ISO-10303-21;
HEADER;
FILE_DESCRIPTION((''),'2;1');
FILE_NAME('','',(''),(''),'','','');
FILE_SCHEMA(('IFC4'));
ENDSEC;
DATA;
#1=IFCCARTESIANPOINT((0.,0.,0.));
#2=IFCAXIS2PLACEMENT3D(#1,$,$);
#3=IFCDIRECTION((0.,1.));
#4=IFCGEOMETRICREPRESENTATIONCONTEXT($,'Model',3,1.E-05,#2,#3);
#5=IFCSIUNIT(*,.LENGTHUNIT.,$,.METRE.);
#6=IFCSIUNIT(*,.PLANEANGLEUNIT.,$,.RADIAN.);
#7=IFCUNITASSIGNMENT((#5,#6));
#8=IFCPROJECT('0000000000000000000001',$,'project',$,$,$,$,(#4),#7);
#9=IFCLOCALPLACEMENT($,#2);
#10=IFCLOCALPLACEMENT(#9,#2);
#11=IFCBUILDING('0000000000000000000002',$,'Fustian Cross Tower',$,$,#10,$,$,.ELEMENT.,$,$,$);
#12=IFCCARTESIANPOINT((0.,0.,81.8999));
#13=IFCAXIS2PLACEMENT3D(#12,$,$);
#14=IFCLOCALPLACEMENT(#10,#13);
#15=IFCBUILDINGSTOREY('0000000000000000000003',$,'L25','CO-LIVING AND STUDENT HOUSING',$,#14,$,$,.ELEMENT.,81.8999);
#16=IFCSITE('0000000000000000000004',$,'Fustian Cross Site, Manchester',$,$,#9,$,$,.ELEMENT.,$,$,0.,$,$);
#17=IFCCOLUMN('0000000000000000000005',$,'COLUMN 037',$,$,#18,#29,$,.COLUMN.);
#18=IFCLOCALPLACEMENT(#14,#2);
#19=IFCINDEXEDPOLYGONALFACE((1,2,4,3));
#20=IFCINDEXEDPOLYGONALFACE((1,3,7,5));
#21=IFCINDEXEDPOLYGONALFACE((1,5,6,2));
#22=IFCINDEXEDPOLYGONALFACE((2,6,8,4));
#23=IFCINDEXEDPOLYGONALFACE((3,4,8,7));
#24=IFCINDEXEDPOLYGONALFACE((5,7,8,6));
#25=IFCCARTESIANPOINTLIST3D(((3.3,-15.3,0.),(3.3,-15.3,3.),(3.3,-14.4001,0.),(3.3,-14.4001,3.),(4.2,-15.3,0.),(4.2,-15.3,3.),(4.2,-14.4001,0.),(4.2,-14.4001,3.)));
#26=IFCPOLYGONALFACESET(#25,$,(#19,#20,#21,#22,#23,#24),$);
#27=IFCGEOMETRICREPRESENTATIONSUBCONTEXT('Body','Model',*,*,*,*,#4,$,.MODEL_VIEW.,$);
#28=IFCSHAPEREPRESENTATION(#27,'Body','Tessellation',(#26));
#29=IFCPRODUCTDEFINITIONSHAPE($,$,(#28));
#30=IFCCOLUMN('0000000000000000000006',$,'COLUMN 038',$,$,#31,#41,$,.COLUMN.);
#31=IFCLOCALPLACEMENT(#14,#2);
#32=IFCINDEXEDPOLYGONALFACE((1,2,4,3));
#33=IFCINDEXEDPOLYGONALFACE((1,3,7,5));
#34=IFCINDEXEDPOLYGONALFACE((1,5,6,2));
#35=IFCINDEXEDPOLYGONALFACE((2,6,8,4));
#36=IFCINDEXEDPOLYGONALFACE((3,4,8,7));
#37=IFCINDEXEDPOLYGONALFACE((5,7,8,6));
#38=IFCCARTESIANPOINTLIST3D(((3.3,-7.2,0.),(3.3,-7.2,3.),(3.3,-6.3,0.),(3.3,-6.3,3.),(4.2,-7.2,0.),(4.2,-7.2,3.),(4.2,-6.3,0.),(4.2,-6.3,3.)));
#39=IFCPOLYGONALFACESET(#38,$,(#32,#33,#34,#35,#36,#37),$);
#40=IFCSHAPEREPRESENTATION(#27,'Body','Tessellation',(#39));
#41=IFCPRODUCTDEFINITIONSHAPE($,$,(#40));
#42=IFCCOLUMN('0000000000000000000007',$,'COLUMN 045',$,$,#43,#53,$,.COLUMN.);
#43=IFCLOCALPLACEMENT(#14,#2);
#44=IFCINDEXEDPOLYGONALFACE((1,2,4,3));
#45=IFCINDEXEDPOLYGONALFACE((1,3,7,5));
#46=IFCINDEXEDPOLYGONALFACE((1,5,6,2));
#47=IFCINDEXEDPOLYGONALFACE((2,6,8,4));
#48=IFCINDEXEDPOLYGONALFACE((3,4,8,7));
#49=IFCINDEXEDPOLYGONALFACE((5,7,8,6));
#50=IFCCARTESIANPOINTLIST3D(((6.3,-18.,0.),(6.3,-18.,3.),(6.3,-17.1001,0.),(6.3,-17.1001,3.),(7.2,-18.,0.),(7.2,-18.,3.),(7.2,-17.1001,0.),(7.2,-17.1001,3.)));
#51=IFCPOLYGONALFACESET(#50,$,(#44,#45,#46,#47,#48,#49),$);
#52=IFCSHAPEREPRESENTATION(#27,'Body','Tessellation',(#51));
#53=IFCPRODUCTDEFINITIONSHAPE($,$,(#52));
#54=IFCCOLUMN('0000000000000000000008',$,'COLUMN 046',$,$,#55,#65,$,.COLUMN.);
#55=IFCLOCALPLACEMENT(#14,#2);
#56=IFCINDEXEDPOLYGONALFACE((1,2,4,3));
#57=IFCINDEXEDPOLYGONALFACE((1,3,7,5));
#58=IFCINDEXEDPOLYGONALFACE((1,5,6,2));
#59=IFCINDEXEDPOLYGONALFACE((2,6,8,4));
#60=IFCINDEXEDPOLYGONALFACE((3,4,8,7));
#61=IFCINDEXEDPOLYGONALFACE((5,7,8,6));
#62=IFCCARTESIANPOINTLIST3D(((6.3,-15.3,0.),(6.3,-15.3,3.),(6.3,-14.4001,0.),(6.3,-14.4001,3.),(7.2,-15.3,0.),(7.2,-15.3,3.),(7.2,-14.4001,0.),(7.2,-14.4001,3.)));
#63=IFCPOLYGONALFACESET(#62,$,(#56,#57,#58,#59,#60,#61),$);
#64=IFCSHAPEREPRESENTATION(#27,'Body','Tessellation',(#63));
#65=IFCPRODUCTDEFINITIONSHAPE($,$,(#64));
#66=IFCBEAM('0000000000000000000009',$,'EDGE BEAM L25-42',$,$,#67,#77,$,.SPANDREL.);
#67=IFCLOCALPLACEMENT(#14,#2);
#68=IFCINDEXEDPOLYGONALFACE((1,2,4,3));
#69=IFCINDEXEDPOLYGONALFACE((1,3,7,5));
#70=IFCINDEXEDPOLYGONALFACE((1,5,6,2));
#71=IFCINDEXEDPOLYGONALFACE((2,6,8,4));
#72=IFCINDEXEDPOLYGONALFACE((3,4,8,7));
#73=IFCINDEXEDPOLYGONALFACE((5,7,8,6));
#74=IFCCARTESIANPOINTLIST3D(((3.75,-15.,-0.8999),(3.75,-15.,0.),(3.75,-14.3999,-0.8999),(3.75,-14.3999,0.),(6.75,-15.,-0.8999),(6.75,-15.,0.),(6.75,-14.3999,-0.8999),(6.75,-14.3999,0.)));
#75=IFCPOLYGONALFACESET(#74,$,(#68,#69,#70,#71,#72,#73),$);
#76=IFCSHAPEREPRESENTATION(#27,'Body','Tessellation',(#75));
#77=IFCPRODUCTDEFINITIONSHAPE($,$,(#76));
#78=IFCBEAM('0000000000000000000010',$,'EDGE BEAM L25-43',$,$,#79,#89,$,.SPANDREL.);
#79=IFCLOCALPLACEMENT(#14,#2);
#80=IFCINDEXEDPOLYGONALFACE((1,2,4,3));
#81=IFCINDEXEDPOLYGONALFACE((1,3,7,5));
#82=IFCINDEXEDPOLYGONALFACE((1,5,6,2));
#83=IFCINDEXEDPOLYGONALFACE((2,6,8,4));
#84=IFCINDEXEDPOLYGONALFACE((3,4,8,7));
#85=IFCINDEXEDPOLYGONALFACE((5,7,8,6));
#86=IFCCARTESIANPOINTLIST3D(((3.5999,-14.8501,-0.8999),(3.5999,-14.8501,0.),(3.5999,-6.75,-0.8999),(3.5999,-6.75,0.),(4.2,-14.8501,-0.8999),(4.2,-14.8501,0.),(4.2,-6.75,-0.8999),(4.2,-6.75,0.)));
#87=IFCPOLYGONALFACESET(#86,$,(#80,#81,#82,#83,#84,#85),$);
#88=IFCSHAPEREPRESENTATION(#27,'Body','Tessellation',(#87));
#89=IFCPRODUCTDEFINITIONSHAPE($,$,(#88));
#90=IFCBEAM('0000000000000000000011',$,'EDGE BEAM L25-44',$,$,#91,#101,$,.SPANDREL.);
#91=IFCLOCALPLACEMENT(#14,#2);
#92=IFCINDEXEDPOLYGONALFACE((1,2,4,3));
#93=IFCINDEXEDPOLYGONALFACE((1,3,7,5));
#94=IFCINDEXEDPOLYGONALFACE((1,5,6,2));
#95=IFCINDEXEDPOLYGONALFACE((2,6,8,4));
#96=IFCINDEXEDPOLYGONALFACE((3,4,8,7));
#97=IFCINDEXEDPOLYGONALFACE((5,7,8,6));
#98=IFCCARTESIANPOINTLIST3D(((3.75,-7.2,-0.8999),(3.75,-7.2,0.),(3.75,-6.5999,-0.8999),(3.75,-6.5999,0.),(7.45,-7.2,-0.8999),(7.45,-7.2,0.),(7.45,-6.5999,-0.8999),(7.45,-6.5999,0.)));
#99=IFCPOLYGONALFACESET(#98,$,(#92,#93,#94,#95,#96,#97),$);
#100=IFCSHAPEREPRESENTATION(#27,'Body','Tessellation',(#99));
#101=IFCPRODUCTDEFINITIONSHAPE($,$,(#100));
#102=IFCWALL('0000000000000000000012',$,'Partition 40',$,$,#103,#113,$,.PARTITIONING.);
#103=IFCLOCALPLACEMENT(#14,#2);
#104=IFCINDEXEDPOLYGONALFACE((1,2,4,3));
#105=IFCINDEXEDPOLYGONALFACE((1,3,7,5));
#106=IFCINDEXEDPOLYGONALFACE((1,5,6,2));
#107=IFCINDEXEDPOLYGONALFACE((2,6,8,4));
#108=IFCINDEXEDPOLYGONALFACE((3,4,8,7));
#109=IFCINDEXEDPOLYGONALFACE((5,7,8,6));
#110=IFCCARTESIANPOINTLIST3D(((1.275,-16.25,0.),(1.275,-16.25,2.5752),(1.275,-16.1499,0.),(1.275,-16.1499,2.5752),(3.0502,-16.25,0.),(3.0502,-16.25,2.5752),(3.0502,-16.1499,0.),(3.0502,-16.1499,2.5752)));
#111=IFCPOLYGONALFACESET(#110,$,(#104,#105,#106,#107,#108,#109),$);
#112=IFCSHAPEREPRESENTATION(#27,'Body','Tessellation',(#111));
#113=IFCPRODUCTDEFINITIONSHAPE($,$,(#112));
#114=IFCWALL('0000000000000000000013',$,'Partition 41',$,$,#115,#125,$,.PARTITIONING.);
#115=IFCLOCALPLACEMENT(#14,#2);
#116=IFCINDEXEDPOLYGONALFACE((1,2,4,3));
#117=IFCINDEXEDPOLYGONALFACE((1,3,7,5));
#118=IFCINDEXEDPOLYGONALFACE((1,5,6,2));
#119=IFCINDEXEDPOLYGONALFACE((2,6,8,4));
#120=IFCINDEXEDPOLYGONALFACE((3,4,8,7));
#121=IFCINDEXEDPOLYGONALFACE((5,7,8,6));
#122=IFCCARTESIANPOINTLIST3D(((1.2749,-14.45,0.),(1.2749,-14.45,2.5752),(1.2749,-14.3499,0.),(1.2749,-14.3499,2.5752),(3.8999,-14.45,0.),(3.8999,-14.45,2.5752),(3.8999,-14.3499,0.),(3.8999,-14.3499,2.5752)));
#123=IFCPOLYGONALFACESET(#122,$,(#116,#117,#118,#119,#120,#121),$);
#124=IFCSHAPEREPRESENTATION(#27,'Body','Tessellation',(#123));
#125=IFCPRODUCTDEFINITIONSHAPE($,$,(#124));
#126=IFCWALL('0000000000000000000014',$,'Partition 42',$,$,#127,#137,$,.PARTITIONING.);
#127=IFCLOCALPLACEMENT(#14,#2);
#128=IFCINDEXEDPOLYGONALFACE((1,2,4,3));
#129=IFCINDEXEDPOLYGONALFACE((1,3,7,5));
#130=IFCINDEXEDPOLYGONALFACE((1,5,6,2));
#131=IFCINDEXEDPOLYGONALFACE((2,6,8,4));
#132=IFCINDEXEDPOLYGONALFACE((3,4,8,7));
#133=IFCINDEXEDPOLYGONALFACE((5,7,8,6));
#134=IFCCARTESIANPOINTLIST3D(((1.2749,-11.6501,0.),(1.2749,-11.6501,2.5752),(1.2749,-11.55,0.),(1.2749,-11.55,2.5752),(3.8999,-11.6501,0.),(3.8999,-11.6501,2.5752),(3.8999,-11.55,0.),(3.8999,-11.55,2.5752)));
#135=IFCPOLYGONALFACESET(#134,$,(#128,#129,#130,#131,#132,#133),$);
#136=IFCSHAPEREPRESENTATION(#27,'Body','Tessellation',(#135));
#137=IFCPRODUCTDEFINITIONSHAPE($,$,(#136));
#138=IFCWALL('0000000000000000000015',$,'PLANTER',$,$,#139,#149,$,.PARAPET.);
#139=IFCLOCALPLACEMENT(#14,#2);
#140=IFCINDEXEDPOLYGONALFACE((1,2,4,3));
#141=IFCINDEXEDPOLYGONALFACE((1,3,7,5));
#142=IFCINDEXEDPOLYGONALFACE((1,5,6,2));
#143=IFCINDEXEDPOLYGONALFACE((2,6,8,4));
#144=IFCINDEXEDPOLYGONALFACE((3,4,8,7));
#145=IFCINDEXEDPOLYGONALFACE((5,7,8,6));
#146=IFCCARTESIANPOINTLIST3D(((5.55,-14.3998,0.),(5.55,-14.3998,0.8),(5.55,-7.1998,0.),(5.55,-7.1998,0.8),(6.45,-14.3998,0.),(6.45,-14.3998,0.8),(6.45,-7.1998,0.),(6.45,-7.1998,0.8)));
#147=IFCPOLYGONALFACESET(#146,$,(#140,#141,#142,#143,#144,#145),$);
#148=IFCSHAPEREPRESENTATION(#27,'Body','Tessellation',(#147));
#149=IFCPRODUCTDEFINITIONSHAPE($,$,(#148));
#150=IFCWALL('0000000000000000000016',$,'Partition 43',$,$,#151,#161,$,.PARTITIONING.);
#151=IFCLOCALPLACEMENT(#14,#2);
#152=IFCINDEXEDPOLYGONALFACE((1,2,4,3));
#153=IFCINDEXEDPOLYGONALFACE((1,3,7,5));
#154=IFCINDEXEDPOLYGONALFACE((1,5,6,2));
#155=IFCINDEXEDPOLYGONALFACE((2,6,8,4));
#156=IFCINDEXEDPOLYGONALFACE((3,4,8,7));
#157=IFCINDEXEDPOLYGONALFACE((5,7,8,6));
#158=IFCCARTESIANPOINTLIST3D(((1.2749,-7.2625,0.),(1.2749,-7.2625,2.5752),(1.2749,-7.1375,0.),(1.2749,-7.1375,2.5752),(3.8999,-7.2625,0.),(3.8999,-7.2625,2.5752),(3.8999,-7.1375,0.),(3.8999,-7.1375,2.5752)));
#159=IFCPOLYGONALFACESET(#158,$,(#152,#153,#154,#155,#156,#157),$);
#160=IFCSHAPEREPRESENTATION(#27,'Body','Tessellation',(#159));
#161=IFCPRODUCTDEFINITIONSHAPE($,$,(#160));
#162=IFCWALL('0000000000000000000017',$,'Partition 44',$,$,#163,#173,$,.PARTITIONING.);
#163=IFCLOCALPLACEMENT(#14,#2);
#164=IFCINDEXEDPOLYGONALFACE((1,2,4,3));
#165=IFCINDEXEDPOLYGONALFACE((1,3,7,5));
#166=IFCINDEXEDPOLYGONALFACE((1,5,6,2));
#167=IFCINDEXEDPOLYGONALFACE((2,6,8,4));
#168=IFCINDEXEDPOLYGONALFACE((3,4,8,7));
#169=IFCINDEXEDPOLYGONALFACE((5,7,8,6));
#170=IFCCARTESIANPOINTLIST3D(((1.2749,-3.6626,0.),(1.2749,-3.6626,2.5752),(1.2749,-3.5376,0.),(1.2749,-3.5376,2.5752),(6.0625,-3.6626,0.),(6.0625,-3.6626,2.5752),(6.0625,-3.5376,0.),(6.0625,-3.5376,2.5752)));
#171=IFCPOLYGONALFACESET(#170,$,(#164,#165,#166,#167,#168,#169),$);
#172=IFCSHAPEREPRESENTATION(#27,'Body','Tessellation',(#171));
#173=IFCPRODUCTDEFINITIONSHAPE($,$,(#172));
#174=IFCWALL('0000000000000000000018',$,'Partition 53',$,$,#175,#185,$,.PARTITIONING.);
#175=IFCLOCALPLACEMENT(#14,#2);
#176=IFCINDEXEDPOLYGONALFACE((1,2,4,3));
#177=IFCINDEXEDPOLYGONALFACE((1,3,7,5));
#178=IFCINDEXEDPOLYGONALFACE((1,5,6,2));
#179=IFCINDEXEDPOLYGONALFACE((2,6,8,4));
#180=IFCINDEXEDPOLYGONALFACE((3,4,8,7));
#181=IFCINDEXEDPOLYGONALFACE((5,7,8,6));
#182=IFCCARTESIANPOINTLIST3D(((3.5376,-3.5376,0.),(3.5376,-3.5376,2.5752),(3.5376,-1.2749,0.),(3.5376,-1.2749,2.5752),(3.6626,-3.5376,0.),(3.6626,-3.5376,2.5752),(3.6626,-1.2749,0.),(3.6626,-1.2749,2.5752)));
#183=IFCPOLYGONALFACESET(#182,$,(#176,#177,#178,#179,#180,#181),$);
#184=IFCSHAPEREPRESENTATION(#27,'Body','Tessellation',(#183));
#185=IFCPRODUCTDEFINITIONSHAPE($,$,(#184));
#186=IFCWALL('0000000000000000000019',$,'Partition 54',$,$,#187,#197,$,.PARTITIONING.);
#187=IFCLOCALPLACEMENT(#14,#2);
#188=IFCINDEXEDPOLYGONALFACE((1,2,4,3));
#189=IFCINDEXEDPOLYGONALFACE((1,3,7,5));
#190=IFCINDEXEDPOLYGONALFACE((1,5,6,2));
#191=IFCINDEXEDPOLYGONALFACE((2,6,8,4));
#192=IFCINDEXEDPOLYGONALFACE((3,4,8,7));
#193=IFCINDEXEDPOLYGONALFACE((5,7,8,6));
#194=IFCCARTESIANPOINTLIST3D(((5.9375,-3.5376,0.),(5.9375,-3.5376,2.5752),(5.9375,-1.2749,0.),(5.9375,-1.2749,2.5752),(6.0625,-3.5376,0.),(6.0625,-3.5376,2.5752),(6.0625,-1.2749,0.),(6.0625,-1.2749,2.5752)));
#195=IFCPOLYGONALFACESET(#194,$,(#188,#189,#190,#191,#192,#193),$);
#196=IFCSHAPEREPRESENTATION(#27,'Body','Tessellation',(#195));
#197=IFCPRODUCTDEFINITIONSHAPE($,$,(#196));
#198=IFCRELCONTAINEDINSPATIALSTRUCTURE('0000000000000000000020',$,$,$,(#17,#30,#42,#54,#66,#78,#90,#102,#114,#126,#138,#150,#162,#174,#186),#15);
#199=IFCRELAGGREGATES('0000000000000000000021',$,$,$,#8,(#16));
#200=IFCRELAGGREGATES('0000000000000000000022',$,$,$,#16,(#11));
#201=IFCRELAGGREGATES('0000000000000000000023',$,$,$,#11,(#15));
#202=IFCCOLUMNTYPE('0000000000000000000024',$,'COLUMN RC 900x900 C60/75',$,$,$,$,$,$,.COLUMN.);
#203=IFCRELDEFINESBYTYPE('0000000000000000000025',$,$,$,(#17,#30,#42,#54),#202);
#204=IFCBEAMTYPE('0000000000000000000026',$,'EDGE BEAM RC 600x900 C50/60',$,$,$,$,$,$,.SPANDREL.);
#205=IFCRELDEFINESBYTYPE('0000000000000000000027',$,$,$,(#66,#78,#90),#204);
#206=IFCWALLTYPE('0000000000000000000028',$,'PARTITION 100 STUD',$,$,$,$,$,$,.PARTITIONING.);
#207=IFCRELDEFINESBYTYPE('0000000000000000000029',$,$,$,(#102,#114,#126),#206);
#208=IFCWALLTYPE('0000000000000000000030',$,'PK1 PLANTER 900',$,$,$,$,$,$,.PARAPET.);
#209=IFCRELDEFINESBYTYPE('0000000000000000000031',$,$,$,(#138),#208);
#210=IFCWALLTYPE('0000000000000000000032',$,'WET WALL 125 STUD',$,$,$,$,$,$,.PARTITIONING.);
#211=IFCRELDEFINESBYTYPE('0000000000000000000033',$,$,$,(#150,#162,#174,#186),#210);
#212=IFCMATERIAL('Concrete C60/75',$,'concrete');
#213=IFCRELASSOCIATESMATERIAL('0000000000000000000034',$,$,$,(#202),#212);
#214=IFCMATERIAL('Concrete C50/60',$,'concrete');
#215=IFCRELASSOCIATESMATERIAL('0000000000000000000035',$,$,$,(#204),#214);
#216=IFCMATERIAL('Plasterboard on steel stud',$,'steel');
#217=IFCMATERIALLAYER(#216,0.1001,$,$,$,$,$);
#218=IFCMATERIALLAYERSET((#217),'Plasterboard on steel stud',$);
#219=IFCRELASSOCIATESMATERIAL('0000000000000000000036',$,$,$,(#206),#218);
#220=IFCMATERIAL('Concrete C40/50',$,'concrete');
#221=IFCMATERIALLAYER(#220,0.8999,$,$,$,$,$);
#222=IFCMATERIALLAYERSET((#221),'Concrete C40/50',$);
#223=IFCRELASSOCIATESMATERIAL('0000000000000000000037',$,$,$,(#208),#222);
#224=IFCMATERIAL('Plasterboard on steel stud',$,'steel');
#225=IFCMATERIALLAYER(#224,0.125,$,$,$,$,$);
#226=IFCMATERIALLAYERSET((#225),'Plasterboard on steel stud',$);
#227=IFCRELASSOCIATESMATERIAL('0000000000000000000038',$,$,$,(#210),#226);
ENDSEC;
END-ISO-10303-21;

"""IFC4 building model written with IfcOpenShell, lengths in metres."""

from ifc_helpers import new_model, si_unit, direction, frame, frame_2d, origin, origin_2d, place, context, subcontext, project, spatial, rectangle, extrude, material, layer, layer_set, material_profile, profile_set, type_object, element, save


model = new_model("IFC4")

# Units and contexts
model_context = context("Model", 3, precision=1e-05, world=origin(), true_north=direction((0.0, 1.0)))
body_context = subcontext(model_context, "Body", "Model", "MODEL_VIEW")
ifc_project = project(units=[si_unit("LENGTHUNIT", "METRE"), si_unit("PLANEANGLEUNIT", "RADIAN")], contexts=[model_context])

# Site, building, storey
site_placement = place(None, origin())
site = spatial("IfcSite", under=ifc_project, at=site_placement, Name="Fustian Cross Site, Manchester", CompositionType="ELEMENT", RefElevation=0.0)
building_placement = place(site_placement, origin())
building = spatial("IfcBuilding", under=site, at=building_placement, Name="Fustian Cross Tower", CompositionType="ELEMENT")
storey_placement = place(building_placement, frame((0.0, 0.0, 81.8999)))
storey = spatial("IfcBuildingStorey", under=building, at=storey_placement, Name="L25", Description="CO-LIVING AND STUDENT HOUSING", CompositionType="ELEMENT", Elevation=81.8999)

# Columns
ifc_material_1 = material(Name="Concrete C60/75", Category="concrete")
ifc_material_profile_1 = material_profile(ifc_material_1, rectangle(XDim=0.8999, YDim=0.8999, at=origin_2d()), Name="RC 900x900")
ifc_profile_set_1 = profile_set([ifc_material_profile_1], Name="Concrete C60/75")
column_type = type_object("IfcColumnType", Name="COLUMN RC 900x900 C60/75", PredefinedType="COLUMN", material=ifc_profile_set_1)
for number, where, z_axis, x_axis, name in (
    (1, (3.75, -14.8501, 0.0), (0.0, 0.0, 1.0), (1.0, 0.0, 0.0), "COLUMN 037"),
    (2, (3.75, -6.75, 0.0), (0.0, 0.0, 1.0), (1.0, 0.0, 0.0), "COLUMN 038"),
    (3, (6.75, -17.55, 0.0), (0.0, 0.0, 1.0), (1.0, 0.0, 0.0), "COLUMN 045"),
    (4, (6.75, -14.8501, 0.0), (0.0, 0.0, 1.0), (1.0, 0.0, 0.0), "COLUMN 046"),
):
    element("IfcColumn", number, at=place(storey_placement, frame(where, z_axis=z_axis, x_axis=x_axis)), inside=storey, type_object=column_type, Name=name, PredefinedType="COLUMN", context=body_context, shape_type="SweptSolid", body=[
        extrude(rectangle(XDim=0.8999, YDim=0.8999, at=origin_2d()), origin(), (0.0, 0.0, 1.0), 3.0),
    ])

# Beams
ifc_material_2 = material(Name="Concrete C50/60", Category="concrete")
ifc_material_profile_2 = material_profile(ifc_material_2, rectangle(XDim=0.6001, YDim=0.8999, at=origin_2d()), Name="RC 600x900")
ifc_profile_set_2 = profile_set([ifc_material_profile_2], Name="Concrete C50/60")
beam_type = type_object("IfcBeamType", Name="EDGE BEAM RC 600x900 C50/60", PredefinedType="SPANDREL", material=ifc_profile_set_2)
beam_1_placement = place(storey_placement, frame((6.75, -14.7, -0.45), z_axis=(-1.0, 0.0, 0.0), x_axis=(0.0, -1.0, 0.0)))
element("IfcBeam", 5, at=beam_1_placement, inside=storey, type_object=beam_type, Name="EDGE BEAM L25-42", PredefinedType="SPANDREL", context=body_context, shape_type="SweptSolid", body=[
    extrude(rectangle(XDim=0.6001, YDim=0.8999, at=origin_2d()), origin(), (0.0, 0.0, 1.0), 3.0),
])
beam_2_placement = place(storey_placement, frame((3.8999, -14.8501, -0.45), z_axis=(0.0, 1.0, 0.0), x_axis=(-1.0, 0.0, 0.0)))
element("IfcBeam", 6, at=beam_2_placement, inside=storey, type_object=beam_type, Name="EDGE BEAM L25-43", PredefinedType="SPANDREL", context=body_context, shape_type="SweptSolid", body=[
    extrude(rectangle(XDim=0.6001, YDim=0.8999, at=origin_2d()), origin(), (0.0, 0.0, 1.0), 8.1001),
])
beam_3_placement = place(storey_placement, frame((3.75, -6.8999, -0.45), z_axis=(1.0, 0.0, 0.0), x_axis=(0.0, 1.0, 0.0)))
element("IfcBeam", 7, at=beam_3_placement, inside=storey, type_object=beam_type, Name="EDGE BEAM L25-44", PredefinedType="SPANDREL", context=body_context, shape_type="SweptSolid", body=[
    extrude(rectangle(XDim=0.6001, YDim=0.8999, at=origin_2d()), origin(), (0.0, 0.0, 1.0), 3.7),
])

# Walls
ifc_material_3 = material(Name="Plasterboard on steel stud", Category="steel")
ifc_layer_1 = layer(ifc_material_3, 0.1001)
ifc_layer_set_1 = layer_set([ifc_layer_1], Name="Plasterboard on steel stud")
wall_type_1 = type_object("IfcWallType", Name="PARTITION 100 STUD", PredefinedType="PARTITIONING", material=ifc_layer_set_1)
wall_1_placement = place(storey_placement, frame((1.2749, -16.2, 0.0), z_axis=(0.0, 0.0, 1.0), x_axis=(1.0, 0.0, 0.0)))
element("IfcWall", 8, at=wall_1_placement, inside=storey, type_object=wall_type_1, Name="Partition 40", PredefinedType="PARTITIONING", context=body_context, shape_type="SweptSolid", body=[
    extrude(rectangle(XDim=1.7751, YDim=0.1001, at=frame_2d((0.8877, 0.0))), origin(), (0.0, 0.0, 1.0), 2.5752),
])
for number, where, z_axis, x_axis, name in (
    (9, (1.2749, -14.3999, 0.0), (0.0, 0.0, 1.0), (1.0, 0.0, 0.0), "Partition 41"),
    (10, (1.2749, -11.6001, 0.0), (0.0, 0.0, 1.0), (1.0, 0.0, 0.0), "Partition 42"),
):
    element("IfcWall", number, at=place(storey_placement, frame(where, z_axis=z_axis, x_axis=x_axis)), inside=storey, type_object=wall_type_1, Name=name, PredefinedType="PARTITIONING", context=body_context, shape_type="SweptSolid", body=[
        extrude(rectangle(XDim=2.625, YDim=0.1001, at=frame_2d((1.3125, 0.0))), origin(), (0.0, 0.0, 1.0), 2.5752),
    ])
ifc_material_4 = material(Name="Concrete C40/50", Category="concrete")
ifc_layer_2 = layer(ifc_material_4, 0.8999)
ifc_layer_set_2 = layer_set([ifc_layer_2], Name="Concrete C40/50")
wall_type_2 = type_object("IfcWallType", Name="PK1 PLANTER 900", PredefinedType="PARAPET", material=ifc_layer_set_2)
wall_2_placement = place(storey_placement, frame((6.0, -14.3999, 0.0), z_axis=(0.0, 0.0, 1.0), x_axis=(0.0, 1.0, 0.0)))
element("IfcWall", 11, at=wall_2_placement, inside=storey, type_object=wall_type_2, Name="PLANTER", PredefinedType="PARAPET", context=body_context, shape_type="SweptSolid", body=[
    extrude(rectangle(XDim=7.2, YDim=0.8999, at=frame_2d((3.6001, 0.0))), origin(), (0.0, 0.0, 1.0), 0.8),
])
ifc_material_5 = material(Name="Plasterboard on steel stud", Category="steel")
ifc_layer_3 = layer(ifc_material_5, 0.125)
ifc_layer_set_3 = layer_set([ifc_layer_3], Name="Plasterboard on steel stud")
wall_type_3 = type_object("IfcWallType", Name="WET WALL 125 STUD", PredefinedType="PARTITIONING", material=ifc_layer_set_3)
wall_3_placement = place(storey_placement, frame((1.2749, -7.2, 0.0), z_axis=(0.0, 0.0, 1.0), x_axis=(1.0, 0.0, 0.0)))
element("IfcWall", 12, at=wall_3_placement, inside=storey, type_object=wall_type_3, Name="Partition 43", PredefinedType="PARTITIONING", context=body_context, shape_type="SweptSolid", body=[
    extrude(rectangle(XDim=2.625, YDim=0.125, at=frame_2d((1.3125, 0.0))), origin(), (0.0, 0.0, 1.0), 2.5752),
])
wall_4_placement = place(storey_placement, frame((1.2749, -3.6001, 0.0), z_axis=(0.0, 0.0, 1.0), x_axis=(1.0, 0.0, 0.0)))
element("IfcWall", 13, at=wall_4_placement, inside=storey, type_object=wall_type_3, Name="Partition 44", PredefinedType="PARTITIONING", context=body_context, shape_type="SweptSolid", body=[
    extrude(rectangle(XDim=4.7876, YDim=0.125, at=frame_2d((2.3938, 0.0))), origin(), (0.0, 0.0, 1.0), 2.5752),
])
for number, where, z_axis, x_axis, name in (
    (14, (3.6001, -3.5376, 0.0), (0.0, 0.0, 1.0), (0.0, 1.0, 0.0), "Partition 53"),
    (15, (6.0, -3.5376, 0.0), (0.0, 0.0, 1.0), (0.0, 1.0, 0.0), "Partition 54"),
):
    element("IfcWall", number, at=place(storey_placement, frame(where, z_axis=z_axis, x_axis=x_axis)), inside=storey, type_object=wall_type_3, Name=name, PredefinedType="PARTITIONING", context=body_context, shape_type="SweptSolid", body=[
        extrude(rectangle(XDim=2.2627, YDim=0.125, at=frame_2d((1.1313, 0.0))), origin(), (0.0, 0.0, 1.0), 2.5752),
    ])

save(model, "model.ifc")
